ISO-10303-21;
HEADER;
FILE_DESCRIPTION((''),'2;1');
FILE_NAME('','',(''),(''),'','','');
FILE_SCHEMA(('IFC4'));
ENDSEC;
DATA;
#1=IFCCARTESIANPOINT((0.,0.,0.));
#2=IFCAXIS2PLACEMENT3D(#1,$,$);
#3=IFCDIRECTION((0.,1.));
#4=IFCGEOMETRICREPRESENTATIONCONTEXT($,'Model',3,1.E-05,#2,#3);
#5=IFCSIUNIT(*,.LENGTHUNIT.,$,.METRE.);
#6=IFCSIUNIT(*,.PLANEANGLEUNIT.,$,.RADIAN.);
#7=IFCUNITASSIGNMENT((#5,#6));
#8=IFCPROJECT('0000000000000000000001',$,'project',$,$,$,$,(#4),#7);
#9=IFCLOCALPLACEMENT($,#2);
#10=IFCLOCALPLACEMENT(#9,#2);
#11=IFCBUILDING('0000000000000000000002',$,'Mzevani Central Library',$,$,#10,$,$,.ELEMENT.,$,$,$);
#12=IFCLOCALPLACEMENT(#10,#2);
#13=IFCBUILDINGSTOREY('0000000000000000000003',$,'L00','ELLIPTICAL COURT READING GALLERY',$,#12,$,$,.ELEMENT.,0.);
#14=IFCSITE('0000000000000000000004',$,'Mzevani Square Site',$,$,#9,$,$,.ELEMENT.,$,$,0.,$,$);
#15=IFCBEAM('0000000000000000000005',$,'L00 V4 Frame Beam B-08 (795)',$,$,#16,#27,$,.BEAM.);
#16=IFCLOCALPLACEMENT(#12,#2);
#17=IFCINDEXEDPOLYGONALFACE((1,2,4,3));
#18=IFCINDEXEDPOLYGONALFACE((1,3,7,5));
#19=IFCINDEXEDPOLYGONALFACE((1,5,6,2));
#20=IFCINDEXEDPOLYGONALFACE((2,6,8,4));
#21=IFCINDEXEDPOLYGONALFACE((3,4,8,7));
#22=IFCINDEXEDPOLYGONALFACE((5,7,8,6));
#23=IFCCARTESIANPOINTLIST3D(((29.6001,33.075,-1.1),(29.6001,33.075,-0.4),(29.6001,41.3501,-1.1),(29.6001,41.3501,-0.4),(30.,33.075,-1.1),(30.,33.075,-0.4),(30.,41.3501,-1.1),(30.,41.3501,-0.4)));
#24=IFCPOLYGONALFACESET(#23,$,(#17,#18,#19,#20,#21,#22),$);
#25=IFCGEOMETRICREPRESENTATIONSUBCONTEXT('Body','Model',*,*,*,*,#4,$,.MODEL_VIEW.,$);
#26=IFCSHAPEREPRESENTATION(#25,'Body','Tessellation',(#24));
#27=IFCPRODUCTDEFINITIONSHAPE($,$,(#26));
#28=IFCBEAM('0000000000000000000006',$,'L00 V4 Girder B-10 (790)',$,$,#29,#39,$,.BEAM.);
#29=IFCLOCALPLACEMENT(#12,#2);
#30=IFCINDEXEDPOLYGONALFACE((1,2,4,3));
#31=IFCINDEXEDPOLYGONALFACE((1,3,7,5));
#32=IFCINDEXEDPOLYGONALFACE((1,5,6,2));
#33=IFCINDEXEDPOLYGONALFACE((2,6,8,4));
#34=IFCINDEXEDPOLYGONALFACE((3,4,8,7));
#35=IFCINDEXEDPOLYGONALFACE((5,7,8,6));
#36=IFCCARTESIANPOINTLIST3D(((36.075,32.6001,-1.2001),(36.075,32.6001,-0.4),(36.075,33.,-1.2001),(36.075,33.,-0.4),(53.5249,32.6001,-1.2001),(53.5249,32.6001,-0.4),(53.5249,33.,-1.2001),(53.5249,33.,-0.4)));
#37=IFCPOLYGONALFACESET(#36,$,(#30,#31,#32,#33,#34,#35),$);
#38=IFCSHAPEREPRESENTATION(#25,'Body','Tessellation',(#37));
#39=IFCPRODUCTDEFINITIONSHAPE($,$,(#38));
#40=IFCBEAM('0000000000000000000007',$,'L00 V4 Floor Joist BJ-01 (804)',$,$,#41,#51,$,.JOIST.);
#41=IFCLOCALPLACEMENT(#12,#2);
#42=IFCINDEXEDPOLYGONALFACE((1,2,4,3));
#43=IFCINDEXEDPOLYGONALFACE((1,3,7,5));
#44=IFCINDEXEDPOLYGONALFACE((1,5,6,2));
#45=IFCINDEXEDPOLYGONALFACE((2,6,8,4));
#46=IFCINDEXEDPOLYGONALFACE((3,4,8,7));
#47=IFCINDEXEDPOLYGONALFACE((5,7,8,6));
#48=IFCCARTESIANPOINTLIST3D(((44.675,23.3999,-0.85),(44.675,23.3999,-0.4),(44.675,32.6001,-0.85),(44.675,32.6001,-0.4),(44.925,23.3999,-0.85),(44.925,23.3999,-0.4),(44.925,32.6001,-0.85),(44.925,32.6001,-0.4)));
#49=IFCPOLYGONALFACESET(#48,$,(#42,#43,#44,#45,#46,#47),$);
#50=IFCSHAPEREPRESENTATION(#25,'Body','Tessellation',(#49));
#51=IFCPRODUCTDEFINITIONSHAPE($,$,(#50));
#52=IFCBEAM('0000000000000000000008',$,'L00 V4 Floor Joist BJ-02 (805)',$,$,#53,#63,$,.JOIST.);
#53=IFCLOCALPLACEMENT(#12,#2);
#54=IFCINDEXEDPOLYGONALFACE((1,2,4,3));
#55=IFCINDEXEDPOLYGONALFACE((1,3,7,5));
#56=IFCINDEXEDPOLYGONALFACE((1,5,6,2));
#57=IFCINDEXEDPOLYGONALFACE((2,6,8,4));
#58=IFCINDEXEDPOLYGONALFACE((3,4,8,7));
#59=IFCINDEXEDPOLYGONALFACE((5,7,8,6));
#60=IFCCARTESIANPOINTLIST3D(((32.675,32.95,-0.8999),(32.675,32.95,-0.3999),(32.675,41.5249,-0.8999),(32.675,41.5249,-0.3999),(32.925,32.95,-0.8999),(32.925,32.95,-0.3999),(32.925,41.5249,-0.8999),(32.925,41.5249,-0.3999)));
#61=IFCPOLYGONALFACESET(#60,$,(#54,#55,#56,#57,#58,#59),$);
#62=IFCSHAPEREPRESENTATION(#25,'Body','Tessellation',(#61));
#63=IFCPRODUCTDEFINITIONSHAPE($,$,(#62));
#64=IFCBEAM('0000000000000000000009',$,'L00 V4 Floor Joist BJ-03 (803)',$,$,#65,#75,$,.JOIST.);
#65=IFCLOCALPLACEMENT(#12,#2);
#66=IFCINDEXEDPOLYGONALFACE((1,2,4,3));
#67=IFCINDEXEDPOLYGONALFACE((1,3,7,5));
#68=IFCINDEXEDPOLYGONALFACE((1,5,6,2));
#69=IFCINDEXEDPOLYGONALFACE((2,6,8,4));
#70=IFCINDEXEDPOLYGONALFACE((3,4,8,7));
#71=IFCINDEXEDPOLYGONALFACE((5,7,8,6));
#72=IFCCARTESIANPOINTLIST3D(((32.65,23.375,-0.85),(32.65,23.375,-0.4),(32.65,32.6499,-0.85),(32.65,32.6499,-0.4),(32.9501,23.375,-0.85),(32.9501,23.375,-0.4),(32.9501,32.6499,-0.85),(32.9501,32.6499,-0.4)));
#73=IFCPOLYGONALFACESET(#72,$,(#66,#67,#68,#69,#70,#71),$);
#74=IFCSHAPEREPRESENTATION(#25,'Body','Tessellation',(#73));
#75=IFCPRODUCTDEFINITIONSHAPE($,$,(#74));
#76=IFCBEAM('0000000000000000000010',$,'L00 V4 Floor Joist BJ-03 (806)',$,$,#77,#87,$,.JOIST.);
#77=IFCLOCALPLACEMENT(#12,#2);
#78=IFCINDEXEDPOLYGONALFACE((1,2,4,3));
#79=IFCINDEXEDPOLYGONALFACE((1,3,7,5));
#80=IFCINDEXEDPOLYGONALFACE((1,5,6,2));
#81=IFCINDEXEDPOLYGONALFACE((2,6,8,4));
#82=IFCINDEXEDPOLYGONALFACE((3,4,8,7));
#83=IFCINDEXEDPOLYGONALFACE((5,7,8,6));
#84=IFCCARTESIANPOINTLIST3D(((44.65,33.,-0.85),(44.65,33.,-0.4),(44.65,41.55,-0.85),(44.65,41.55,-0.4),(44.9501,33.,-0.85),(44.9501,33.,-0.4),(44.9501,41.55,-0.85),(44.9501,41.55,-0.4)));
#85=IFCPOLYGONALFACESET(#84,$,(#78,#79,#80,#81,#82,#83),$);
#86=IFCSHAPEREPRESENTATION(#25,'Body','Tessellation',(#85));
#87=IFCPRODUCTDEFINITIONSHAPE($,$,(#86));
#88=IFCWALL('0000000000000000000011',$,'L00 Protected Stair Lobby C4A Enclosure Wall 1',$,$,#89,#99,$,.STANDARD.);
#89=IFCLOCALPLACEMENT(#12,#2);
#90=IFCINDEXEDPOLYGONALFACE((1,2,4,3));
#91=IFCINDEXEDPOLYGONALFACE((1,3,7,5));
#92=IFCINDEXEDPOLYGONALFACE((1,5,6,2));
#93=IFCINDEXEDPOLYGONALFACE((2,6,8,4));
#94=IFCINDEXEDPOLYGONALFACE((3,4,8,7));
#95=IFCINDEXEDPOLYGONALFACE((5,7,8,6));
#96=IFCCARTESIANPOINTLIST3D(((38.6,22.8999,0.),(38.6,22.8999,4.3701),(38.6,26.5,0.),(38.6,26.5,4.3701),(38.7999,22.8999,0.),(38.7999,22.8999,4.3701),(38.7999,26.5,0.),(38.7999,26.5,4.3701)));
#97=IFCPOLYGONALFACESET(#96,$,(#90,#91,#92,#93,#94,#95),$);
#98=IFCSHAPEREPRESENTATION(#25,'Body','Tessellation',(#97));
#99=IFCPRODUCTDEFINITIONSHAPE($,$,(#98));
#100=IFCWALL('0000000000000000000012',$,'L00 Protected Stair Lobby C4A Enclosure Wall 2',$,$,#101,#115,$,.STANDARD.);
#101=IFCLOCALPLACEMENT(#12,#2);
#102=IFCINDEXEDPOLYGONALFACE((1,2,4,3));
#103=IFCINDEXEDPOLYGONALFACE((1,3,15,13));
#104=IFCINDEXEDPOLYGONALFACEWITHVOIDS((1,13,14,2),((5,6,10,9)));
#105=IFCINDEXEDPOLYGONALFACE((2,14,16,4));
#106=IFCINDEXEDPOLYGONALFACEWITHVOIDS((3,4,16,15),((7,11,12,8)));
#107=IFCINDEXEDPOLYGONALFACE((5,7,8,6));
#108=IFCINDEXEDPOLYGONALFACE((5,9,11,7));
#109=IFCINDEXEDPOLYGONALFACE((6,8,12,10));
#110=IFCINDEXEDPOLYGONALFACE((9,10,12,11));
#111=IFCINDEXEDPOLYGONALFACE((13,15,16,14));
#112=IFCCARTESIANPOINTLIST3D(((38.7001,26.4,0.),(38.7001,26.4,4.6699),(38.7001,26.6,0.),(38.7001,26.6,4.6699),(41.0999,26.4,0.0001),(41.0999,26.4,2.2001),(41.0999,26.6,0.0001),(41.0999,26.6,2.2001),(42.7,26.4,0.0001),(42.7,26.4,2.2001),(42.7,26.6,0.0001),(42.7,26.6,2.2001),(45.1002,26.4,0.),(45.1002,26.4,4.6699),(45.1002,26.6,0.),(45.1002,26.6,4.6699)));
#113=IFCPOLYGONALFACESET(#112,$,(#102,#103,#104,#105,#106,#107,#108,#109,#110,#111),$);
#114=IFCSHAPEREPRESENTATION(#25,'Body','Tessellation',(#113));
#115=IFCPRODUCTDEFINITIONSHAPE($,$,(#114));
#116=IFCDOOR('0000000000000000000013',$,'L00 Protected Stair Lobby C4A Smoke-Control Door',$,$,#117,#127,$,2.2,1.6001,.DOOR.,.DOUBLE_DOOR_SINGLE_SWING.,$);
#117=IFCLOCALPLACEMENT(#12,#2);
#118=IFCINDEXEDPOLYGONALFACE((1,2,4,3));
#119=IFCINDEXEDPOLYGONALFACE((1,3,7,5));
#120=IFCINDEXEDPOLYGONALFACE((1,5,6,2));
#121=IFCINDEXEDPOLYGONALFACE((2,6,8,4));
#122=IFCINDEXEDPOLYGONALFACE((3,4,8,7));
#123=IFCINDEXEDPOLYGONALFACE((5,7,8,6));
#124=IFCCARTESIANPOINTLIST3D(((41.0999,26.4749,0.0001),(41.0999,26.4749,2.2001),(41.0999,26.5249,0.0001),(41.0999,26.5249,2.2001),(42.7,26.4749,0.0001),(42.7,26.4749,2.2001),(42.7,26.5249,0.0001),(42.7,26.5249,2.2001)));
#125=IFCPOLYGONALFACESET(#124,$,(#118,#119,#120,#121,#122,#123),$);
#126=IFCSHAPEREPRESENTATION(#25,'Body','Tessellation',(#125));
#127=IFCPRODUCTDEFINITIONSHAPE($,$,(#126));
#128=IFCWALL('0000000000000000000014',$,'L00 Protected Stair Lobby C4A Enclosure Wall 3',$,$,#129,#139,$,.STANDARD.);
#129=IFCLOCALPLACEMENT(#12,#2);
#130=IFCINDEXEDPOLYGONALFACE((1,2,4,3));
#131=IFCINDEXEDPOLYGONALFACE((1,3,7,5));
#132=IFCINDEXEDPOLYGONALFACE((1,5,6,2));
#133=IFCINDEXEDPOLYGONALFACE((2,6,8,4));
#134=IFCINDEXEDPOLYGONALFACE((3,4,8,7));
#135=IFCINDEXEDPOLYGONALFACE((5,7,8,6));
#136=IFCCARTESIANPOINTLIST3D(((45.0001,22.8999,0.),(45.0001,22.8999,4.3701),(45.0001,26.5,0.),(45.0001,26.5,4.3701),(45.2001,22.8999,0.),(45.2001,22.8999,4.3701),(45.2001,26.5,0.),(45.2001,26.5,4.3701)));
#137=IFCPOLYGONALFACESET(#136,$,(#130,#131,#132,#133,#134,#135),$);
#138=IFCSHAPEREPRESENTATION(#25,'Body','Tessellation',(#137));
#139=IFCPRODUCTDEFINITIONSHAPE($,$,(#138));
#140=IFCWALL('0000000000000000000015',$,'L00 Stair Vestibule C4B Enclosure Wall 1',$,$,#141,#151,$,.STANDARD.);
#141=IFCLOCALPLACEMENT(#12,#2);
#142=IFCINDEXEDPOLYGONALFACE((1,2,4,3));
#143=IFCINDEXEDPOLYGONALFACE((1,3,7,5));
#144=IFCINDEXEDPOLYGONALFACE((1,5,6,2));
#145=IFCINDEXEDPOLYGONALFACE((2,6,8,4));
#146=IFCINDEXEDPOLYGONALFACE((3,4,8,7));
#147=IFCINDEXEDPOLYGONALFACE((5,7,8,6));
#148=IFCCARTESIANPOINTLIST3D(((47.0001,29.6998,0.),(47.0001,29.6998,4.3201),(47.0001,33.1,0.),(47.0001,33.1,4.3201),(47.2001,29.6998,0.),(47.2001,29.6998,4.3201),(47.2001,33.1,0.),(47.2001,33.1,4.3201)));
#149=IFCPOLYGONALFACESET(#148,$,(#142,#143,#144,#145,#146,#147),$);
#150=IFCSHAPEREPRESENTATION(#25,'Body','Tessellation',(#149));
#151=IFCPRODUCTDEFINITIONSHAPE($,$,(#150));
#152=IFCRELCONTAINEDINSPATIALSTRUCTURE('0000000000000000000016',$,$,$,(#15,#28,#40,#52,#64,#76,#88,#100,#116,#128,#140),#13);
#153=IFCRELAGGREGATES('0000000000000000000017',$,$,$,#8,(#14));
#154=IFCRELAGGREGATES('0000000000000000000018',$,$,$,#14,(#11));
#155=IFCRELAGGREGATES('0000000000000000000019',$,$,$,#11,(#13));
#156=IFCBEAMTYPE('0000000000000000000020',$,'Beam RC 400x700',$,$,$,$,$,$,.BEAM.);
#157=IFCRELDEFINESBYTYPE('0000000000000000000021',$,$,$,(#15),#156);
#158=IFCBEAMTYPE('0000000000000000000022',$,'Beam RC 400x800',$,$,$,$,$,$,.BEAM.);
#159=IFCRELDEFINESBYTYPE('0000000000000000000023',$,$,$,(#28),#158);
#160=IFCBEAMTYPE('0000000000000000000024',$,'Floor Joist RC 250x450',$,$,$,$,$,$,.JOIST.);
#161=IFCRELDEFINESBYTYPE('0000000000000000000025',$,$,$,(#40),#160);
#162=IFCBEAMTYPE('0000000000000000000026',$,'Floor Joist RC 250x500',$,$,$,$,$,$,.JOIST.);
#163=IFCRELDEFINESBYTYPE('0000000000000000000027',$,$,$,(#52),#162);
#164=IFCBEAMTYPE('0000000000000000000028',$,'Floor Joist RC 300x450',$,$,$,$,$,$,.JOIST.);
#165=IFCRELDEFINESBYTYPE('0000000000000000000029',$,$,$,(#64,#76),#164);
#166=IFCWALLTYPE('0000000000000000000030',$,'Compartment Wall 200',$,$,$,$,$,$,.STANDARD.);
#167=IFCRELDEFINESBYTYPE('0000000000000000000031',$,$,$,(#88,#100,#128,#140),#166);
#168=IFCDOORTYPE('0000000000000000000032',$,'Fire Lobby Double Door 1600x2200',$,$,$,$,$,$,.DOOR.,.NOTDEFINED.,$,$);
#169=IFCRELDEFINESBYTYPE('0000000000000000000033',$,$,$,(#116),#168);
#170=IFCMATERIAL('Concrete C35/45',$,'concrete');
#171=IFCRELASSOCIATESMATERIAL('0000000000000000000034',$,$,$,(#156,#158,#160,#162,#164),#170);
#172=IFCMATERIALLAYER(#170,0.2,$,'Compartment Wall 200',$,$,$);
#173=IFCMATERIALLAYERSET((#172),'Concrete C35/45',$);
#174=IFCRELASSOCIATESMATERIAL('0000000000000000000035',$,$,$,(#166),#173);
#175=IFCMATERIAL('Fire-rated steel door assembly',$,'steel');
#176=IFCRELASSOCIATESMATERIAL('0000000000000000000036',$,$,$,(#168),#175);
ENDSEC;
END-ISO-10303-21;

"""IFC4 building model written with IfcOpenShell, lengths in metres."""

from ifc_helpers import new_model, si_unit, direction, frame, frame_2d, origin, origin_2d, place, context, subcontext, project, spatial, rectangle, extrude, material, layer, layer_set, material_profile, profile_set, type_object, element, fill, save


model = new_model("IFC4")

# Units and contexts
model_context = context("Model", 3, precision=1e-05, world=origin(), true_north=direction((0.0, 1.0)))
body_context = subcontext(model_context, "Body", "Model", "MODEL_VIEW")
ifc_project = project(units=[si_unit("LENGTHUNIT", "METRE"), si_unit("PLANEANGLEUNIT", "RADIAN")], contexts=[model_context])

# Site, building, storey
site_placement = place(None, origin())
site = spatial("IfcSite", under=ifc_project, at=site_placement, Name="Mzevani Square Site", CompositionType="ELEMENT", RefElevation=0.0)
building_placement = place(site_placement, origin())
building = spatial("IfcBuilding", under=site, at=building_placement, Name="Mzevani Central Library", CompositionType="ELEMENT")
storey_placement = place(building_placement, origin())
storey = spatial("IfcBuildingStorey", under=building, at=storey_placement, Name="L00", Description="ELLIPTICAL COURT READING GALLERY", CompositionType="ELEMENT", Elevation=0.0)

# Beams
ifc_material_1 = material(Name="Concrete C35/45", Category="concrete")
ifc_material_profile_1 = material_profile(ifc_material_1, rectangle(XDim=0.3999, YDim=0.7, at=origin_2d()), Name="RC B400x700")
ifc_profile_set_1 = profile_set([ifc_material_profile_1], Name="Concrete C35/45")
beam_type_1 = type_object("IfcBeamType", Name="Beam RC 400x700", PredefinedType="BEAM", material=ifc_profile_set_1)
beam_1_placement = place(storey_placement, frame((29.8, 33.075, -0.75), z_axis=(0.0, 1.0, 0.0), x_axis=(-1.0, 0.0, 0.0)))
element("IfcBeam", 1, at=beam_1_placement, inside=storey, type_object=beam_type_1, Name="L00 V4 Frame Beam B-08 (795)", PredefinedType="BEAM", context=body_context, shape_type="SweptSolid", body=[
    extrude(rectangle(XDim=0.3999, YDim=0.7, at=origin_2d()), origin(), (0.0, 0.0, 1.0), 8.2751),
])
ifc_material_profile_2 = material_profile(ifc_material_1, rectangle(XDim=0.3999, YDim=0.8, at=origin_2d()), Name="RC B400x800")
ifc_profile_set_2 = profile_set([ifc_material_profile_2], Name="Concrete C35/45")
beam_type_2 = type_object("IfcBeamType", Name="Beam RC 400x800", PredefinedType="BEAM", material=ifc_profile_set_2)
beam_2_placement = place(storey_placement, frame((36.075, 32.8, -0.8), z_axis=(1.0, 0.0, 0.0), x_axis=(0.0, 1.0, 0.0)))
element("IfcBeam", 2, at=beam_2_placement, inside=storey, type_object=beam_type_2, Name="L00 V4 Girder B-10 (790)", PredefinedType="BEAM", context=body_context, shape_type="SweptSolid", body=[
    extrude(rectangle(XDim=0.3999, YDim=0.8, at=origin_2d()), origin(), (0.0, 0.0, 1.0), 17.45),
])
ifc_material_profile_3 = material_profile(ifc_material_1, rectangle(XDim=0.25, YDim=0.45, at=origin_2d()), Name="RC J250x450")
ifc_profile_set_3 = profile_set([ifc_material_profile_3], Name="Concrete C35/45")
beam_type_3 = type_object("IfcBeamType", Name="Floor Joist RC 250x450", PredefinedType="JOIST", material=ifc_profile_set_3)
beam_3_placement = place(storey_placement, frame((44.8, 23.3999, -0.625), z_axis=(0.0, 1.0, 0.0), x_axis=(-1.0, 0.0, 0.0)))
element("IfcBeam", 3, at=beam_3_placement, inside=storey, type_object=beam_type_3, Name="L00 V4 Floor Joist BJ-01 (804)", PredefinedType="JOIST", context=body_context, shape_type="SweptSolid", body=[
    extrude(rectangle(XDim=0.25, YDim=0.45, at=origin_2d()), origin(), (0.0, 0.0, 1.0), 9.2002),
])
ifc_material_profile_4 = material_profile(ifc_material_1, rectangle(XDim=0.25, YDim=0.5, at=origin_2d()), Name="RC J250x500")
ifc_profile_set_4 = profile_set([ifc_material_profile_4], Name="Concrete C35/45")
beam_type_4 = type_object("IfcBeamType", Name="Floor Joist RC 250x500", PredefinedType="JOIST", material=ifc_profile_set_4)
beam_4_placement = place(storey_placement, frame((32.8, 32.95, -0.6499), z_axis=(0.0, 1.0, 0.0), x_axis=(-1.0, 0.0, 0.0)))
element("IfcBeam", 4, at=beam_4_placement, inside=storey, type_object=beam_type_4, Name="L00 V4 Floor Joist BJ-02 (805)", PredefinedType="JOIST", context=body_context, shape_type="SweptSolid", body=[
    extrude(rectangle(XDim=0.25, YDim=0.5, at=origin_2d()), origin(), (0.0, 0.0, 1.0), 8.575),
])
ifc_material_profile_5 = material_profile(ifc_material_1, rectangle(XDim=0.3, YDim=0.45, at=origin_2d()), Name="RC J300x450")
ifc_profile_set_5 = profile_set([ifc_material_profile_5], Name="Concrete C35/45")
beam_type_5 = type_object("IfcBeamType", Name="Floor Joist RC 300x450", PredefinedType="JOIST", material=ifc_profile_set_5)
beam_5_placement = place(storey_placement, frame((32.8, 23.375, -0.625), z_axis=(0.0, 1.0, 0.0), x_axis=(-1.0, 0.0, 0.0)))
element("IfcBeam", 5, at=beam_5_placement, inside=storey, type_object=beam_type_5, Name="L00 V4 Floor Joist BJ-03 (803)", PredefinedType="JOIST", context=body_context, shape_type="SweptSolid", body=[
    extrude(rectangle(XDim=0.3, YDim=0.45, at=origin_2d()), origin(), (0.0, 0.0, 1.0), 9.2749),
])
beam_6_placement = place(storey_placement, frame((44.8, 33.0, -0.625), z_axis=(0.0, 1.0, 0.0), x_axis=(-1.0, 0.0, 0.0)))
element("IfcBeam", 6, at=beam_6_placement, inside=storey, type_object=beam_type_5, Name="L00 V4 Floor Joist BJ-03 (806)", PredefinedType="JOIST", context=body_context, shape_type="SweptSolid", body=[
    extrude(rectangle(XDim=0.3, YDim=0.45, at=origin_2d()), origin(), (0.0, 0.0, 1.0), 8.55),
])

# Wall
ifc_layer_1 = layer(ifc_material_1, 0.2, Name="Compartment Wall 200")
ifc_layer_set_1 = layer_set([ifc_layer_1], Name="Concrete C35/45")
wall_type_1 = type_object("IfcWallType", Name="Compartment Wall 200", PredefinedType="STANDARD", material=ifc_layer_set_1)
wall_1_placement = place(storey_placement, frame((38.7, 22.8999, 0.0), z_axis=(0.0, 0.0, 1.0), x_axis=(0.0, 1.0, 0.0)))
element("IfcWall", 7, at=wall_1_placement, inside=storey, type_object=wall_type_1, Name="L00 Protected Stair Lobby C4A Enclosure Wall 1", PredefinedType="STANDARD", context=body_context, shape_type="SweptSolid", body=[
    extrude(rectangle(XDim=3.6001, YDim=0.2, at=frame_2d((1.8, 0.0))), origin(), (0.0, 0.0, 1.0), 4.3701),
])

# Wall, opening, door
wall_2_placement = place(storey_placement, frame((38.7, 26.5, 0.0), z_axis=(0.0, 0.0, 1.0), x_axis=(1.0, 0.0, 0.0)))
wall_2 = element("IfcWall", 8, at=wall_2_placement, inside=storey, type_object=wall_type_1, Name="L00 Protected Stair Lobby C4A Enclosure Wall 2", PredefinedType="STANDARD", context=body_context, shape_type="SweptSolid", body=[
    extrude(rectangle(XDim=6.4001, YDim=0.2, at=frame_2d((3.2002, 0.0))), origin(), (0.0, 0.0, 1.0), 4.6699),
])
opening_1_placement = place(wall_2_placement, frame((2.3999, 0.0, 0.0)))
opening_1 = element("IfcOpeningElement", 9, at=opening_1_placement, cuts=wall_2, PredefinedType="OPENING", context=body_context, shape_type="SweptSolid", body=[
    extrude(rectangle(XDim=1.6001, YDim=2.2, at=frame_2d((0.8, 1.1001))), frame((0.0, 0.1099, 0.0), z_axis=(0.0, -1.0, 0.0), x_axis=(1.0, 0.0, 0.0)), (0.0, 0.0, 1.0), 0.22),
])
ifc_material_2 = material(Name="Fire-rated steel door assembly", Category="steel")
door_type_1 = type_object("IfcDoorType", Name="Fire Lobby Double Door 1600x2200", OperationType="NOTDEFINED", PredefinedType="DOOR", material=ifc_material_2)
door_1_placement = place(opening_1_placement, origin())
door_1 = element("IfcDoor", 10, at=door_1_placement, inside=storey, type_object=door_type_1, Name="L00 Protected Stair Lobby C4A Smoke-Control Door", OperationType="DOUBLE_DOOR_SINGLE_SWING", OverallHeight=2.2, OverallWidth=1.6001, PredefinedType="DOOR", context=body_context, shape_type="SweptSolid", body=[
    extrude(rectangle(XDim=1.6001, YDim=2.2, at=frame_2d((0.8, 1.1001))), frame((0.0, 0.0249, 0.0), z_axis=(0.0, -1.0, 0.0), x_axis=(1.0, 0.0, 0.0)), (0.0, 0.0, 1.0), 0.05),
])
fill(opening_1, door_1)

# Walls
wall_3_placement = place(storey_placement, frame((45.1001, 26.5, 0.0), z_axis=(0.0, 0.0, 1.0), x_axis=(0.0, -1.0, 0.0)))
element("IfcWall", 11, at=wall_3_placement, inside=storey, type_object=wall_type_1, Name="L00 Protected Stair Lobby C4A Enclosure Wall 3", PredefinedType="STANDARD", context=body_context, shape_type="SweptSolid", body=[
    extrude(rectangle(XDim=3.6001, YDim=0.2, at=frame_2d((1.8, 0.0))), origin(), (0.0, 0.0, 1.0), 4.3701),
])
wall_4_placement = place(storey_placement, frame((47.1001, 33.1001, 0.0), z_axis=(0.0, 0.0, 1.0), x_axis=(0.0, -1.0, 0.0)))
element("IfcWall", 12, at=wall_4_placement, inside=storey, type_object=wall_type_1, Name="L00 Stair Vestibule C4B Enclosure Wall 1", PredefinedType="STANDARD", context=body_context, shape_type="SweptSolid", body=[
    extrude(rectangle(XDim=3.4001, YDim=0.2, at=frame_2d((1.7002, 0.0))), origin(), (0.0, 0.0, 1.0), 4.3201),
])

save(model, "model.ifc")
